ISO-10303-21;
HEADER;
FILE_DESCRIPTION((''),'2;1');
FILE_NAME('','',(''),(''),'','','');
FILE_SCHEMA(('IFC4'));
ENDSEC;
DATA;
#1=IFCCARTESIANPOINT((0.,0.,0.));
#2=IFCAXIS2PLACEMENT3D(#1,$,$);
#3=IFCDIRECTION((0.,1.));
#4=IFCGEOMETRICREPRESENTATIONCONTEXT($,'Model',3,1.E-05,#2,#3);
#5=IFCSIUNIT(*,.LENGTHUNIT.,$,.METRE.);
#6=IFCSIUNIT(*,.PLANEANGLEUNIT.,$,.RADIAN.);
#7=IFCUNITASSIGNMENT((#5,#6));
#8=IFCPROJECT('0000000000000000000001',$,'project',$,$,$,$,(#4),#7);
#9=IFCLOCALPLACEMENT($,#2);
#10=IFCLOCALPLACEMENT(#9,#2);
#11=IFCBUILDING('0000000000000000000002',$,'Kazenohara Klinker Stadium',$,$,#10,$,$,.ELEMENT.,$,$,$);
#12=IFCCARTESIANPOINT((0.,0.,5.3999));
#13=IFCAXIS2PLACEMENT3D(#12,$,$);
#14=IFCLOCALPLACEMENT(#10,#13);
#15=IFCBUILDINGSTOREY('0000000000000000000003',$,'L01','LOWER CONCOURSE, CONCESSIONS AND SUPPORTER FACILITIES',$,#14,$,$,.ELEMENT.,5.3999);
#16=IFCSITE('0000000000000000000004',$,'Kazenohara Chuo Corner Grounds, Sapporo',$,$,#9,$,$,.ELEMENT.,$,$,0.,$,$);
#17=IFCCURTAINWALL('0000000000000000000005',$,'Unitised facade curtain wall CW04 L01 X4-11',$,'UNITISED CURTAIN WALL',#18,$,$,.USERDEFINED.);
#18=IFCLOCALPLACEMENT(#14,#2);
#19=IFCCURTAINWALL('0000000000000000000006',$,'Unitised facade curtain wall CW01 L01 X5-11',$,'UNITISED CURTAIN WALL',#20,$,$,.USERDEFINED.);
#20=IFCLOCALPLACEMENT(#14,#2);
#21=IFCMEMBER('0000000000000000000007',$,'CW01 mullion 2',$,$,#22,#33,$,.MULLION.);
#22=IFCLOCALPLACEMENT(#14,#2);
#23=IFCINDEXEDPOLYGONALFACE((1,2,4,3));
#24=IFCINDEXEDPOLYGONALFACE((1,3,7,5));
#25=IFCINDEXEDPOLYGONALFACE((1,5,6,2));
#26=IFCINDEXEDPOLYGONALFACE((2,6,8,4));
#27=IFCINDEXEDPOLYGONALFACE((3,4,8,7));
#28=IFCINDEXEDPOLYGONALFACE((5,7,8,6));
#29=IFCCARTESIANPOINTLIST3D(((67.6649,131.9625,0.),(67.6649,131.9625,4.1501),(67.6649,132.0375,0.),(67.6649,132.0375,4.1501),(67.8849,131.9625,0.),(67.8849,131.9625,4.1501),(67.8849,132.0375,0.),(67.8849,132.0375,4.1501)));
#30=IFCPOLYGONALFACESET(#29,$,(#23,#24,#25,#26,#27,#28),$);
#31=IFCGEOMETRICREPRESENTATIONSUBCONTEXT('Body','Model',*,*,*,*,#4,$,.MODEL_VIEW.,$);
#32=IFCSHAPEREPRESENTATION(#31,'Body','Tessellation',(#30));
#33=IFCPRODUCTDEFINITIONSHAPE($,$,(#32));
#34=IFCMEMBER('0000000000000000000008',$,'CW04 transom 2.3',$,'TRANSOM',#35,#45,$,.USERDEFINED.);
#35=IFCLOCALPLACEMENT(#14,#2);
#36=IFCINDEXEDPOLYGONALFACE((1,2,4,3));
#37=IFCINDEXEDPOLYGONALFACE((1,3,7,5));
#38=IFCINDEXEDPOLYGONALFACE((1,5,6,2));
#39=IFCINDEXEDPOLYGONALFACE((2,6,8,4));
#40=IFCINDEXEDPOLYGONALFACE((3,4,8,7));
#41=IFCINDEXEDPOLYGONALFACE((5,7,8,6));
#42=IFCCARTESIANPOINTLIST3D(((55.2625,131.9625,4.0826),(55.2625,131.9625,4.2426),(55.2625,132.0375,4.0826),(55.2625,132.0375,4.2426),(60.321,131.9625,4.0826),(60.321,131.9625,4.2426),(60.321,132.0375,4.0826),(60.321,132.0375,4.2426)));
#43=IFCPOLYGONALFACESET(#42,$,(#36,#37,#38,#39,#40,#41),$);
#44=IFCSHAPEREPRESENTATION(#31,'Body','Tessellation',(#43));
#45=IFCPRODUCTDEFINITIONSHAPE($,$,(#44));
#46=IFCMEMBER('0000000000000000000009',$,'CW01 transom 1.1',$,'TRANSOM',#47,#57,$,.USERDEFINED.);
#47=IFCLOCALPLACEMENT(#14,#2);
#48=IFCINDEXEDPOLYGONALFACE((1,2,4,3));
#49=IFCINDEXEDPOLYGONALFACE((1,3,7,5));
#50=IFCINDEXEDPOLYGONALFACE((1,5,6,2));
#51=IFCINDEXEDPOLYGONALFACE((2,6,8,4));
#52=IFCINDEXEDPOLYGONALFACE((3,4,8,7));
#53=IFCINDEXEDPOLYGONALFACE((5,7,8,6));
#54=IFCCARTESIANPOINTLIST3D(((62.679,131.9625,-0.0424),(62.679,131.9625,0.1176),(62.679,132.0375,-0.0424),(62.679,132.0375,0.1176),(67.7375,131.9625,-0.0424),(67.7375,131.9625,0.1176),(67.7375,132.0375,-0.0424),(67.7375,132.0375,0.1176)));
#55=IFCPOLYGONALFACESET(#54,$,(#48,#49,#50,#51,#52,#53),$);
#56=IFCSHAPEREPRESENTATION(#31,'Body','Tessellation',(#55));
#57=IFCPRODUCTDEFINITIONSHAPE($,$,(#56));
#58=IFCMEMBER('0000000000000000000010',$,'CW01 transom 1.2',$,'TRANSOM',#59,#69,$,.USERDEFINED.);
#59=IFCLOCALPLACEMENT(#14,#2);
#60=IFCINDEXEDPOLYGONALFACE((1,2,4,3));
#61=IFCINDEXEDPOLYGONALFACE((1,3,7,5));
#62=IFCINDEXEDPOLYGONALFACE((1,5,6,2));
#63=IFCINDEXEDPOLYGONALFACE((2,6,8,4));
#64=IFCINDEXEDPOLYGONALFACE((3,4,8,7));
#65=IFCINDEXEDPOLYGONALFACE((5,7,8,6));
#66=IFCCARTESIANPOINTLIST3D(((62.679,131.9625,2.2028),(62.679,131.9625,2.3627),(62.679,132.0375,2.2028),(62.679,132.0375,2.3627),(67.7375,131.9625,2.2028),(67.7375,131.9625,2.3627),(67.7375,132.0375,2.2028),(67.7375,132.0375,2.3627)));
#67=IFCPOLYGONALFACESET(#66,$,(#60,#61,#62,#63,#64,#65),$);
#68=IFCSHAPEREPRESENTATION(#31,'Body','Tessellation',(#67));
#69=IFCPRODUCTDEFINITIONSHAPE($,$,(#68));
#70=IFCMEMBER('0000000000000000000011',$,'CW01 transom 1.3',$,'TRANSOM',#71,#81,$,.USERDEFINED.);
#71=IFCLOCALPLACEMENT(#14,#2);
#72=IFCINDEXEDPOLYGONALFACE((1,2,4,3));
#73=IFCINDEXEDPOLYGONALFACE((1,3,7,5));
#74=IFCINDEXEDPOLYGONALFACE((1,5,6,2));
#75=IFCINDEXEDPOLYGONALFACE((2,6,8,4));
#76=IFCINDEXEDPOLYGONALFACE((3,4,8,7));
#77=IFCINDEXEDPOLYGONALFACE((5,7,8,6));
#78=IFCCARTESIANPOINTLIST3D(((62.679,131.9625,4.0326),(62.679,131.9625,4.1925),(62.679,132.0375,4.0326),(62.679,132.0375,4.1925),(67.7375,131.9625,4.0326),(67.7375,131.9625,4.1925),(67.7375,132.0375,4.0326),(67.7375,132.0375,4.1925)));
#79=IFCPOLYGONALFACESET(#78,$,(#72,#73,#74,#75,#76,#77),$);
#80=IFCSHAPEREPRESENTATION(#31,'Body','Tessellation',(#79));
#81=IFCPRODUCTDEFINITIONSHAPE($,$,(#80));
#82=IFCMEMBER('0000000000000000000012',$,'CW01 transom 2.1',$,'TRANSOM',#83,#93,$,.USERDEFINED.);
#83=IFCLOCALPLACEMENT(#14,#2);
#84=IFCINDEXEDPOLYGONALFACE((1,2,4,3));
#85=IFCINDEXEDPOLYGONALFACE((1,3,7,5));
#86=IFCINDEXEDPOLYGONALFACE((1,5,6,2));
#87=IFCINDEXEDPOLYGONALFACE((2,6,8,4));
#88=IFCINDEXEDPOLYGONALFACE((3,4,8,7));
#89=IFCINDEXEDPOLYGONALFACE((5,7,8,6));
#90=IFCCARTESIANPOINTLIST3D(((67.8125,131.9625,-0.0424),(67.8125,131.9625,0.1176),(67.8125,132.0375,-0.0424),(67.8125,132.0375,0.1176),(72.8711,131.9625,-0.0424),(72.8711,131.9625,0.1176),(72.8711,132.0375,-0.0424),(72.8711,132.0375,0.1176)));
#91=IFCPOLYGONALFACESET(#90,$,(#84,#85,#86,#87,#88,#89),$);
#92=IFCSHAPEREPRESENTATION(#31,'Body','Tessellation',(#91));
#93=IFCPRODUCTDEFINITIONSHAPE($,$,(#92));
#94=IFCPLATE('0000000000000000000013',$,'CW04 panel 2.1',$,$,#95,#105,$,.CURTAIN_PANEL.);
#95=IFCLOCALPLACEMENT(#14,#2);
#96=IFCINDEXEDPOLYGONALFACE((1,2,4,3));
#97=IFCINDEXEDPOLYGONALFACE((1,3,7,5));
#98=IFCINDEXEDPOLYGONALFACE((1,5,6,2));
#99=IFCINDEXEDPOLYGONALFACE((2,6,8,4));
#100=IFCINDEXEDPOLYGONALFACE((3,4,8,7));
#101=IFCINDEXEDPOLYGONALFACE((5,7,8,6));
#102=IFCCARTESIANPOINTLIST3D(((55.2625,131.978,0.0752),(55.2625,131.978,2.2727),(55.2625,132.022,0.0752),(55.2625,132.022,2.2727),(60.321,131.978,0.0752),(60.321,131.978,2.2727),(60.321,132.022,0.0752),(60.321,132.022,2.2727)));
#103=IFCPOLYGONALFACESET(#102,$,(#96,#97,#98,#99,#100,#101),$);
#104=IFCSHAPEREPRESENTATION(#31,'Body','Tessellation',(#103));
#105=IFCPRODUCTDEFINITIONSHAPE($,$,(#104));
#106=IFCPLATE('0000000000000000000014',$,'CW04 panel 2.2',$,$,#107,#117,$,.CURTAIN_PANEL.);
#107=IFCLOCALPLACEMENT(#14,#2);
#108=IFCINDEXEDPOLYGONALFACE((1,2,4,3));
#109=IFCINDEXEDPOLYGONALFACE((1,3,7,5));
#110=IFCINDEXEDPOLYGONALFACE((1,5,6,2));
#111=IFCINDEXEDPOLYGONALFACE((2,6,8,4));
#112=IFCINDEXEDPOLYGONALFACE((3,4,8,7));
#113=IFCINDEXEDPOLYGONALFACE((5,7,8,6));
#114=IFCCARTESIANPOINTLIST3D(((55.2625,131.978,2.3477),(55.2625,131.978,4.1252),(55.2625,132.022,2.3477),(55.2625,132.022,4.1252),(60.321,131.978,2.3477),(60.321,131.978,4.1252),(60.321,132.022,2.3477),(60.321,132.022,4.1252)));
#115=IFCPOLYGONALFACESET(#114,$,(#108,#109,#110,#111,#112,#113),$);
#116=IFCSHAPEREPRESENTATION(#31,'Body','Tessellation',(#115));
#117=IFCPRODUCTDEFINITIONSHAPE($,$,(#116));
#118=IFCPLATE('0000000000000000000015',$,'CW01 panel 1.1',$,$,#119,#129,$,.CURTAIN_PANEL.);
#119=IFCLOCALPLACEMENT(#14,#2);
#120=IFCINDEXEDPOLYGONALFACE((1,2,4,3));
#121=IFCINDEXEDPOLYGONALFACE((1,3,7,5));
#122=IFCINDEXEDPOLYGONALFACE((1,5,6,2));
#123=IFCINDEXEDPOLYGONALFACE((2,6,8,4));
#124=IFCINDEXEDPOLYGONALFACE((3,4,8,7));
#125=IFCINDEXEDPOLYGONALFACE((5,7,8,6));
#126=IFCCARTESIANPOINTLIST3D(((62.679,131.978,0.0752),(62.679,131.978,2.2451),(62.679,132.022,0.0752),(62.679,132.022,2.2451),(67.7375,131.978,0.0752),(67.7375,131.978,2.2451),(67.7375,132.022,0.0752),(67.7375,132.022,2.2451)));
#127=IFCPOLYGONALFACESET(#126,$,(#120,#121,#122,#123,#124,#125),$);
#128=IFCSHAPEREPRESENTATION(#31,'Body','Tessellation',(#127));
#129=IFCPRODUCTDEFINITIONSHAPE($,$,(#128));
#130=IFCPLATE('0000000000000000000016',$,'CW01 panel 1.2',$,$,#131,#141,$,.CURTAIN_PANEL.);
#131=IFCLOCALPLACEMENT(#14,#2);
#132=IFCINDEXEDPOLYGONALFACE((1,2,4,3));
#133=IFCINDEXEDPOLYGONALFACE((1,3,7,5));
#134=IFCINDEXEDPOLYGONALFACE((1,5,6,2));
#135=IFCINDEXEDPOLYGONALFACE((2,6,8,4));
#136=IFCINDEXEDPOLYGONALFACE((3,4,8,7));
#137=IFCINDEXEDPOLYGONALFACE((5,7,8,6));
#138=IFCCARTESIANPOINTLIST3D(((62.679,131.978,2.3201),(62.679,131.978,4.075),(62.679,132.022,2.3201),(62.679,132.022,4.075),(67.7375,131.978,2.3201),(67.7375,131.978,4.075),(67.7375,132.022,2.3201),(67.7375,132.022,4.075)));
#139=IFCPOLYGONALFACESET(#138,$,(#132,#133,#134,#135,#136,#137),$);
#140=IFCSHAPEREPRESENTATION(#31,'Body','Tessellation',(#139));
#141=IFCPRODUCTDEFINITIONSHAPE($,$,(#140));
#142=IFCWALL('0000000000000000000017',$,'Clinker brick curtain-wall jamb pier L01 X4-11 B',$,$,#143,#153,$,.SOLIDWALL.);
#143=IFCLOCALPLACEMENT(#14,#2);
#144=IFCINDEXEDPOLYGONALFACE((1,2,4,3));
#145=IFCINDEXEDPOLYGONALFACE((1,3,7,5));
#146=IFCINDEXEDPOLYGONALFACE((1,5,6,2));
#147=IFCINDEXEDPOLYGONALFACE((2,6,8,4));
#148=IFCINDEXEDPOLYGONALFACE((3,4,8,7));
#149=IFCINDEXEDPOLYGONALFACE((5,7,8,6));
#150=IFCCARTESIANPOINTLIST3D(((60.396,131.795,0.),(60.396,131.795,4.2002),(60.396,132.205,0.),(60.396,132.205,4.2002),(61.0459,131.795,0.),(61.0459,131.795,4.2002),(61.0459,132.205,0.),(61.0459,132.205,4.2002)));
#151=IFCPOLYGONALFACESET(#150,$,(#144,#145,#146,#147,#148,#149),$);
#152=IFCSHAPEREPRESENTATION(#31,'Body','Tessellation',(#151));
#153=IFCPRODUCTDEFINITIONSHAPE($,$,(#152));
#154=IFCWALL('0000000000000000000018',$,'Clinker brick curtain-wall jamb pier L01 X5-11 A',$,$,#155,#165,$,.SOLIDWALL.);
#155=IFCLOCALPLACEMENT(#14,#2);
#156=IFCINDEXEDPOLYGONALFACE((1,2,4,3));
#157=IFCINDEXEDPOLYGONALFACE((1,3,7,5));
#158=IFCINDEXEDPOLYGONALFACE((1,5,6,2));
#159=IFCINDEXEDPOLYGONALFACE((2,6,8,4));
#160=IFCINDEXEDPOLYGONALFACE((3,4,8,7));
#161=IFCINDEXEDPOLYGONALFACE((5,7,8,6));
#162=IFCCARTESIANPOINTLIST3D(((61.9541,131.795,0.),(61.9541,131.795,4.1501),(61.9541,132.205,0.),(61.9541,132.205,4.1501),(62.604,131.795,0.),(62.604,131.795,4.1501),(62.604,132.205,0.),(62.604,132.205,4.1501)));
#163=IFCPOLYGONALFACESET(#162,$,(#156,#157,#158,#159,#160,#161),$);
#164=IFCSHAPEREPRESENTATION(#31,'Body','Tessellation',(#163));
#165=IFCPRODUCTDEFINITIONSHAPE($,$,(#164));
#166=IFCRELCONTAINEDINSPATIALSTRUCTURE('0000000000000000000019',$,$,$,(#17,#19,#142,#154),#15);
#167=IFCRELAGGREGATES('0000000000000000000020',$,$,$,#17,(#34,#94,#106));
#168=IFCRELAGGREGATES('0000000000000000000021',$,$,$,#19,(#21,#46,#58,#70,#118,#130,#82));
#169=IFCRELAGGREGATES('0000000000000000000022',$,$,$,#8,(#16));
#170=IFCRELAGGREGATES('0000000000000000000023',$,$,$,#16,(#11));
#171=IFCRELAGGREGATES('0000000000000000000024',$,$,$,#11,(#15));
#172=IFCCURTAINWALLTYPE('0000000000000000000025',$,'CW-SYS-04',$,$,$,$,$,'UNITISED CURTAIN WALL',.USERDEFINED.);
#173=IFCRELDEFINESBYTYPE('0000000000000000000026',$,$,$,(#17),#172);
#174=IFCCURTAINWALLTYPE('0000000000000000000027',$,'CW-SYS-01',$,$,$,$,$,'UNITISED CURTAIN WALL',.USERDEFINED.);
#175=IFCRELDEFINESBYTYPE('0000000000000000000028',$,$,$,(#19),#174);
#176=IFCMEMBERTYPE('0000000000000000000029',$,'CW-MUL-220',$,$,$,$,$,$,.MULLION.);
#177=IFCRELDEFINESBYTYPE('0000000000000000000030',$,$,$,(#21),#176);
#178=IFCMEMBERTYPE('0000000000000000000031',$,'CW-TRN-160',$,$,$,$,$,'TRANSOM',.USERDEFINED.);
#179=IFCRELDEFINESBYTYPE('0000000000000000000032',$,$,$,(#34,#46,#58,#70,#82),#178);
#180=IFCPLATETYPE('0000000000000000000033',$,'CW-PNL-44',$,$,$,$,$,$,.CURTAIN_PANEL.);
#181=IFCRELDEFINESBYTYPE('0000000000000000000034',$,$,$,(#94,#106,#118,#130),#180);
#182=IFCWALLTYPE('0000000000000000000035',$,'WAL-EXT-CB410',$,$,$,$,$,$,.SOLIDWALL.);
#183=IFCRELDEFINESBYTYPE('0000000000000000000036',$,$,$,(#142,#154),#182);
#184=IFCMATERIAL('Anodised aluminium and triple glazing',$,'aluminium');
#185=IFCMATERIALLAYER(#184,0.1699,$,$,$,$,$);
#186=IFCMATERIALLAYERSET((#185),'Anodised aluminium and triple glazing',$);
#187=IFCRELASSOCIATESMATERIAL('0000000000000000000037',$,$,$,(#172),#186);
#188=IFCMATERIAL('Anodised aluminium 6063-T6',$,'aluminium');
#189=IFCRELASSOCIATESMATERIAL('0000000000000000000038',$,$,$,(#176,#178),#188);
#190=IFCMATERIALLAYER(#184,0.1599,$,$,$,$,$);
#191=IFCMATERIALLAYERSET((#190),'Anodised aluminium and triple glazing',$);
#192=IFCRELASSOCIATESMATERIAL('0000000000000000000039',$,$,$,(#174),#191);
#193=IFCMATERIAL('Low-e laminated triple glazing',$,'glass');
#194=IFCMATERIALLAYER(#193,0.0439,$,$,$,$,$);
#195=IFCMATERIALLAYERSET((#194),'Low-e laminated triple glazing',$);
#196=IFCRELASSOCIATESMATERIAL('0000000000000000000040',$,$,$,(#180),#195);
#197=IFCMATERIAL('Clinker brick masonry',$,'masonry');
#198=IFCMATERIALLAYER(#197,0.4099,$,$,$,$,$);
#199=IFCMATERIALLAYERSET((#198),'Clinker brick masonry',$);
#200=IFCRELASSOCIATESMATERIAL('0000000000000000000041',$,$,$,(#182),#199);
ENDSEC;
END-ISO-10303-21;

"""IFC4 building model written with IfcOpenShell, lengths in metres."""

from ifc_helpers import new_model, si_unit, direction, frame, frame_2d, origin, origin_2d, place, context, subcontext, project, spatial, rectangle, extrude, material, layer, layer_set, material_profile, profile_set, type_object, element, aggregate, save


model = new_model("IFC4")

# Units and contexts
model_context = context("Model", 3, precision=1e-05, world=origin(), true_north=direction((0.0, 1.0)))
body_context = subcontext(model_context, "Body", "Model", "MODEL_VIEW")
ifc_project = project(units=[si_unit("LENGTHUNIT", "METRE"), si_unit("PLANEANGLEUNIT", "RADIAN")], contexts=[model_context])

# Site, building, storey
site_placement = place(None, origin())
site = spatial("IfcSite", under=ifc_project, at=site_placement, Name="Kazenohara Chuo Corner Grounds, Sapporo", CompositionType="ELEMENT", RefElevation=0.0)
building_placement = place(site_placement, origin())
building = spatial("IfcBuilding", under=site, at=building_placement, Name="Kazenohara Klinker Stadium", CompositionType="ELEMENT")
storey_placement = place(building_placement, frame((0.0, 0.0, 5.3999)))
storey = spatial("IfcBuildingStorey", under=building, at=storey_placement, Name="L01", Description="LOWER CONCOURSE, CONCESSIONS AND SUPPORTER FACILITIES", CompositionType="ELEMENT", Elevation=5.3999)

# Curtain wall
ifc_material_1 = material(Name="Anodised aluminium and triple glazing", Category="aluminium")
ifc_layer_1 = layer(ifc_material_1, 0.1699)
ifc_layer_set_1 = layer_set([ifc_layer_1], Name="Anodised aluminium and triple glazing")
curtain_wall_type_1 = type_object("IfcCurtainWallType", Name="CW-SYS-04", ElementType="UNITISED CURTAIN WALL", PredefinedType="USERDEFINED", material=ifc_layer_set_1)
curtain_wall_1_placement = place(storey_placement, origin())
curtain_wall_1 = element("IfcCurtainWall", 1, at=curtain_wall_1_placement, inside=storey, type_object=curtain_wall_type_1, Name="Unitised facade curtain wall CW04 L01 X4-11", ObjectType="UNITISED CURTAIN WALL", PredefinedType="USERDEFINED")
ifc_material_2 = material(Name="Anodised aluminium 6063-T6", Category="aluminium")
ifc_material_profile_1 = material_profile(ifc_material_2, rectangle(XDim=0.075, YDim=0.22, at=origin_2d()), Name="ALU-MUL-75x220")
ifc_profile_set_1 = profile_set([ifc_material_profile_1], Name="Anodised aluminium 6063-T6")
member_type_1 = type_object("IfcMemberType", Name="CW-MUL-220", PredefinedType="MULLION", material=ifc_profile_set_1)

# Curtain wall, member
ifc_layer_2 = layer(ifc_material_1, 0.1599)
ifc_layer_set_2 = layer_set([ifc_layer_2], Name="Anodised aluminium and triple glazing")
curtain_wall_type_2 = type_object("IfcCurtainWallType", Name="CW-SYS-01", ElementType="UNITISED CURTAIN WALL", PredefinedType="USERDEFINED", material=ifc_layer_set_2)
curtain_wall_2_placement = place(storey_placement, origin())
curtain_wall_2 = element("IfcCurtainWall", 2, at=curtain_wall_2_placement, inside=storey, type_object=curtain_wall_type_2, Name="Unitised facade curtain wall CW01 L01 X5-11", ObjectType="UNITISED CURTAIN WALL", PredefinedType="USERDEFINED")
member_1_placement = place(storey_placement, frame((67.7749, 132.0, 0.0), z_axis=(0.0, 0.0, 1.0), x_axis=(0.0, 1.0, 0.0)))
member_1 = element("IfcMember", 3, at=member_1_placement, type_object=member_type_1, Name="CW01 mullion 2", PredefinedType="MULLION", context=body_context, shape_type="SweptSolid", body=[
    extrude(rectangle(XDim=0.075, YDim=0.22, at=origin_2d()), origin(), (0.0, 0.0, 1.0), 4.1501),
])

# Members
ifc_material_profile_2 = material_profile(ifc_material_2, rectangle(XDim=0.075, YDim=0.1599, at=origin_2d()), Name="ALU-TRN-75x160")
ifc_profile_set_2 = profile_set([ifc_material_profile_2], Name="Anodised aluminium 6063-T6")
member_type_2 = type_object("IfcMemberType", Name="CW-TRN-160", ElementType="TRANSOM", PredefinedType="USERDEFINED", material=ifc_profile_set_2)
member_2_placement = place(storey_placement, frame((55.2625, 132.0, 4.1626), z_axis=(1.0, 0.0, 0.0), x_axis=(0.0, 1.0, 0.0)))
member_2 = element("IfcMember", 4, at=member_2_placement, type_object=member_type_2, Name="CW04 transom 2.3", ObjectType="TRANSOM", PredefinedType="USERDEFINED", context=body_context, shape_type="SweptSolid", body=[
    extrude(rectangle(XDim=0.075, YDim=0.1599, at=origin_2d()), origin(), (0.0, 0.0, 1.0), 5.0586),
])
member_3_placement = place(storey_placement, frame((62.679, 132.0, 0.0376), z_axis=(1.0, 0.0, 0.0), x_axis=(0.0, 1.0, 0.0)))
member_3 = element("IfcMember", 5, at=member_3_placement, type_object=member_type_2, Name="CW01 transom 1.1", ObjectType="TRANSOM", PredefinedType="USERDEFINED", context=body_context, shape_type="SweptSolid", body=[
    extrude(rectangle(XDim=0.075, YDim=0.1599, at=origin_2d()), origin(), (0.0, 0.0, 1.0), 5.0586),
])
member_4_placement = place(storey_placement, frame((62.679, 132.0, 2.2827), z_axis=(1.0, 0.0, 0.0), x_axis=(0.0, 1.0, 0.0)))
member_4 = element("IfcMember", 6, at=member_4_placement, type_object=member_type_2, Name="CW01 transom 1.2", ObjectType="TRANSOM", PredefinedType="USERDEFINED", context=body_context, shape_type="SweptSolid", body=[
    extrude(rectangle(XDim=0.075, YDim=0.1599, at=origin_2d()), origin(), (0.0, 0.0, 1.0), 5.0586),
])
member_5_placement = place(storey_placement, frame((62.679, 132.0, 4.1125), z_axis=(1.0, 0.0, 0.0), x_axis=(0.0, 1.0, 0.0)))
member_5 = element("IfcMember", 7, at=member_5_placement, type_object=member_type_2, Name="CW01 transom 1.3", ObjectType="TRANSOM", PredefinedType="USERDEFINED", context=body_context, shape_type="SweptSolid", body=[
    extrude(rectangle(XDim=0.075, YDim=0.1599, at=origin_2d()), origin(), (0.0, 0.0, 1.0), 5.0586),
])
member_6_placement = place(storey_placement, frame((67.8125, 132.0, 0.0376), z_axis=(1.0, 0.0, 0.0), x_axis=(0.0, 1.0, 0.0)))
member_6 = element("IfcMember", 8, at=member_6_placement, type_object=member_type_2, Name="CW01 transom 2.1", ObjectType="TRANSOM", PredefinedType="USERDEFINED", context=body_context, shape_type="SweptSolid", body=[
    extrude(rectangle(XDim=0.075, YDim=0.1599, at=origin_2d()), origin(), (0.0, 0.0, 1.0), 5.0586),
])

# Plates
ifc_material_3 = material(Name="Low-e laminated triple glazing", Category="glass")
ifc_layer_3 = layer(ifc_material_3, 0.0439)
ifc_layer_set_3 = layer_set([ifc_layer_3], Name="Low-e laminated triple glazing")
plate_type = type_object("IfcPlateType", Name="CW-PNL-44", PredefinedType="CURTAIN_PANEL", material=ifc_layer_set_3)
plate_1_placement = place(storey_placement, frame((57.7917, 132.0, 0.0752), z_axis=(0.0, 0.0, 1.0), x_axis=(1.0, 0.0, 0.0)))
plate_1 = element("IfcPlate", 9, at=plate_1_placement, type_object=plate_type, Name="CW04 panel 2.1", PredefinedType="CURTAIN_PANEL", context=body_context, shape_type="SweptSolid", body=[
    extrude(rectangle(XDim=5.0586, YDim=0.0439, at=origin_2d()), origin(), (0.0, 0.0, 1.0), 2.1975),
])
plate_2_placement = place(storey_placement, frame((57.7917, 132.0, 2.3477), z_axis=(0.0, 0.0, 1.0), x_axis=(1.0, 0.0, 0.0)))
plate_2 = element("IfcPlate", 10, at=plate_2_placement, type_object=plate_type, Name="CW04 panel 2.2", PredefinedType="CURTAIN_PANEL", context=body_context, shape_type="SweptSolid", body=[
    extrude(rectangle(XDim=5.0586, YDim=0.0439, at=origin_2d()), origin(), (0.0, 0.0, 1.0), 1.7776),
])
aggregate(curtain_wall_1, [member_2, plate_1, plate_2])
plate_3_placement = place(storey_placement, frame((65.2083, 132.0, 0.0752), z_axis=(0.0, 0.0, 1.0), x_axis=(1.0, 0.0, 0.0)))
plate_3 = element("IfcPlate", 11, at=plate_3_placement, type_object=plate_type, Name="CW01 panel 1.1", PredefinedType="CURTAIN_PANEL", context=body_context, shape_type="SweptSolid", body=[
    extrude(rectangle(XDim=5.0586, YDim=0.0439, at=origin_2d()), origin(), (0.0, 0.0, 1.0), 2.1699),
])
plate_4_placement = place(storey_placement, frame((65.2083, 132.0, 2.3201), z_axis=(0.0, 0.0, 1.0), x_axis=(1.0, 0.0, 0.0)))
plate_4 = element("IfcPlate", 12, at=plate_4_placement, type_object=plate_type, Name="CW01 panel 1.2", PredefinedType="CURTAIN_PANEL", context=body_context, shape_type="SweptSolid", body=[
    extrude(rectangle(XDim=5.0586, YDim=0.0439, at=origin_2d()), origin(), (0.0, 0.0, 1.0), 1.7549),
])
aggregate(curtain_wall_2, [member_1, member_3, member_4, member_5, plate_3, plate_4, member_6])

# Walls
ifc_material_4 = material(Name="Clinker brick masonry", Category="masonry")
ifc_layer_4 = layer(ifc_material_4, 0.4099)
ifc_layer_set_4 = layer_set([ifc_layer_4], Name="Clinker brick masonry")
wall_type_1 = type_object("IfcWallType", Name="WAL-EXT-CB410", PredefinedType="SOLIDWALL", material=ifc_layer_set_4)
wall_1_placement = place(storey_placement, frame((60.396, 132.0, 0.0), z_axis=(0.0, 0.0, 1.0), x_axis=(1.0, 0.0, 0.0)))
element("IfcWall", 13, at=wall_1_placement, inside=storey, type_object=wall_type_1, Name="Clinker brick curtain-wall jamb pier L01 X4-11 B", PredefinedType="SOLIDWALL", context=body_context, shape_type="SweptSolid", body=[
    extrude(rectangle(XDim=0.6499, YDim=0.4099, at=frame_2d((0.325, 0.0))), origin(), (0.0, 0.0, 1.0), 4.2002),
])
wall_2_placement = place(storey_placement, frame((61.9541, 132.0, 0.0), z_axis=(0.0, 0.0, 1.0), x_axis=(1.0, 0.0, 0.0)))
element("IfcWall", 14, at=wall_2_placement, inside=storey, type_object=wall_type_1, Name="Clinker brick curtain-wall jamb pier L01 X5-11 A", PredefinedType="SOLIDWALL", context=body_context, shape_type="SweptSolid", body=[
    extrude(rectangle(XDim=0.6499, YDim=0.4099, at=frame_2d((0.325, 0.0))), origin(), (0.0, 0.0, 1.0), 4.1501),
])

save(model, "model.ifc")
